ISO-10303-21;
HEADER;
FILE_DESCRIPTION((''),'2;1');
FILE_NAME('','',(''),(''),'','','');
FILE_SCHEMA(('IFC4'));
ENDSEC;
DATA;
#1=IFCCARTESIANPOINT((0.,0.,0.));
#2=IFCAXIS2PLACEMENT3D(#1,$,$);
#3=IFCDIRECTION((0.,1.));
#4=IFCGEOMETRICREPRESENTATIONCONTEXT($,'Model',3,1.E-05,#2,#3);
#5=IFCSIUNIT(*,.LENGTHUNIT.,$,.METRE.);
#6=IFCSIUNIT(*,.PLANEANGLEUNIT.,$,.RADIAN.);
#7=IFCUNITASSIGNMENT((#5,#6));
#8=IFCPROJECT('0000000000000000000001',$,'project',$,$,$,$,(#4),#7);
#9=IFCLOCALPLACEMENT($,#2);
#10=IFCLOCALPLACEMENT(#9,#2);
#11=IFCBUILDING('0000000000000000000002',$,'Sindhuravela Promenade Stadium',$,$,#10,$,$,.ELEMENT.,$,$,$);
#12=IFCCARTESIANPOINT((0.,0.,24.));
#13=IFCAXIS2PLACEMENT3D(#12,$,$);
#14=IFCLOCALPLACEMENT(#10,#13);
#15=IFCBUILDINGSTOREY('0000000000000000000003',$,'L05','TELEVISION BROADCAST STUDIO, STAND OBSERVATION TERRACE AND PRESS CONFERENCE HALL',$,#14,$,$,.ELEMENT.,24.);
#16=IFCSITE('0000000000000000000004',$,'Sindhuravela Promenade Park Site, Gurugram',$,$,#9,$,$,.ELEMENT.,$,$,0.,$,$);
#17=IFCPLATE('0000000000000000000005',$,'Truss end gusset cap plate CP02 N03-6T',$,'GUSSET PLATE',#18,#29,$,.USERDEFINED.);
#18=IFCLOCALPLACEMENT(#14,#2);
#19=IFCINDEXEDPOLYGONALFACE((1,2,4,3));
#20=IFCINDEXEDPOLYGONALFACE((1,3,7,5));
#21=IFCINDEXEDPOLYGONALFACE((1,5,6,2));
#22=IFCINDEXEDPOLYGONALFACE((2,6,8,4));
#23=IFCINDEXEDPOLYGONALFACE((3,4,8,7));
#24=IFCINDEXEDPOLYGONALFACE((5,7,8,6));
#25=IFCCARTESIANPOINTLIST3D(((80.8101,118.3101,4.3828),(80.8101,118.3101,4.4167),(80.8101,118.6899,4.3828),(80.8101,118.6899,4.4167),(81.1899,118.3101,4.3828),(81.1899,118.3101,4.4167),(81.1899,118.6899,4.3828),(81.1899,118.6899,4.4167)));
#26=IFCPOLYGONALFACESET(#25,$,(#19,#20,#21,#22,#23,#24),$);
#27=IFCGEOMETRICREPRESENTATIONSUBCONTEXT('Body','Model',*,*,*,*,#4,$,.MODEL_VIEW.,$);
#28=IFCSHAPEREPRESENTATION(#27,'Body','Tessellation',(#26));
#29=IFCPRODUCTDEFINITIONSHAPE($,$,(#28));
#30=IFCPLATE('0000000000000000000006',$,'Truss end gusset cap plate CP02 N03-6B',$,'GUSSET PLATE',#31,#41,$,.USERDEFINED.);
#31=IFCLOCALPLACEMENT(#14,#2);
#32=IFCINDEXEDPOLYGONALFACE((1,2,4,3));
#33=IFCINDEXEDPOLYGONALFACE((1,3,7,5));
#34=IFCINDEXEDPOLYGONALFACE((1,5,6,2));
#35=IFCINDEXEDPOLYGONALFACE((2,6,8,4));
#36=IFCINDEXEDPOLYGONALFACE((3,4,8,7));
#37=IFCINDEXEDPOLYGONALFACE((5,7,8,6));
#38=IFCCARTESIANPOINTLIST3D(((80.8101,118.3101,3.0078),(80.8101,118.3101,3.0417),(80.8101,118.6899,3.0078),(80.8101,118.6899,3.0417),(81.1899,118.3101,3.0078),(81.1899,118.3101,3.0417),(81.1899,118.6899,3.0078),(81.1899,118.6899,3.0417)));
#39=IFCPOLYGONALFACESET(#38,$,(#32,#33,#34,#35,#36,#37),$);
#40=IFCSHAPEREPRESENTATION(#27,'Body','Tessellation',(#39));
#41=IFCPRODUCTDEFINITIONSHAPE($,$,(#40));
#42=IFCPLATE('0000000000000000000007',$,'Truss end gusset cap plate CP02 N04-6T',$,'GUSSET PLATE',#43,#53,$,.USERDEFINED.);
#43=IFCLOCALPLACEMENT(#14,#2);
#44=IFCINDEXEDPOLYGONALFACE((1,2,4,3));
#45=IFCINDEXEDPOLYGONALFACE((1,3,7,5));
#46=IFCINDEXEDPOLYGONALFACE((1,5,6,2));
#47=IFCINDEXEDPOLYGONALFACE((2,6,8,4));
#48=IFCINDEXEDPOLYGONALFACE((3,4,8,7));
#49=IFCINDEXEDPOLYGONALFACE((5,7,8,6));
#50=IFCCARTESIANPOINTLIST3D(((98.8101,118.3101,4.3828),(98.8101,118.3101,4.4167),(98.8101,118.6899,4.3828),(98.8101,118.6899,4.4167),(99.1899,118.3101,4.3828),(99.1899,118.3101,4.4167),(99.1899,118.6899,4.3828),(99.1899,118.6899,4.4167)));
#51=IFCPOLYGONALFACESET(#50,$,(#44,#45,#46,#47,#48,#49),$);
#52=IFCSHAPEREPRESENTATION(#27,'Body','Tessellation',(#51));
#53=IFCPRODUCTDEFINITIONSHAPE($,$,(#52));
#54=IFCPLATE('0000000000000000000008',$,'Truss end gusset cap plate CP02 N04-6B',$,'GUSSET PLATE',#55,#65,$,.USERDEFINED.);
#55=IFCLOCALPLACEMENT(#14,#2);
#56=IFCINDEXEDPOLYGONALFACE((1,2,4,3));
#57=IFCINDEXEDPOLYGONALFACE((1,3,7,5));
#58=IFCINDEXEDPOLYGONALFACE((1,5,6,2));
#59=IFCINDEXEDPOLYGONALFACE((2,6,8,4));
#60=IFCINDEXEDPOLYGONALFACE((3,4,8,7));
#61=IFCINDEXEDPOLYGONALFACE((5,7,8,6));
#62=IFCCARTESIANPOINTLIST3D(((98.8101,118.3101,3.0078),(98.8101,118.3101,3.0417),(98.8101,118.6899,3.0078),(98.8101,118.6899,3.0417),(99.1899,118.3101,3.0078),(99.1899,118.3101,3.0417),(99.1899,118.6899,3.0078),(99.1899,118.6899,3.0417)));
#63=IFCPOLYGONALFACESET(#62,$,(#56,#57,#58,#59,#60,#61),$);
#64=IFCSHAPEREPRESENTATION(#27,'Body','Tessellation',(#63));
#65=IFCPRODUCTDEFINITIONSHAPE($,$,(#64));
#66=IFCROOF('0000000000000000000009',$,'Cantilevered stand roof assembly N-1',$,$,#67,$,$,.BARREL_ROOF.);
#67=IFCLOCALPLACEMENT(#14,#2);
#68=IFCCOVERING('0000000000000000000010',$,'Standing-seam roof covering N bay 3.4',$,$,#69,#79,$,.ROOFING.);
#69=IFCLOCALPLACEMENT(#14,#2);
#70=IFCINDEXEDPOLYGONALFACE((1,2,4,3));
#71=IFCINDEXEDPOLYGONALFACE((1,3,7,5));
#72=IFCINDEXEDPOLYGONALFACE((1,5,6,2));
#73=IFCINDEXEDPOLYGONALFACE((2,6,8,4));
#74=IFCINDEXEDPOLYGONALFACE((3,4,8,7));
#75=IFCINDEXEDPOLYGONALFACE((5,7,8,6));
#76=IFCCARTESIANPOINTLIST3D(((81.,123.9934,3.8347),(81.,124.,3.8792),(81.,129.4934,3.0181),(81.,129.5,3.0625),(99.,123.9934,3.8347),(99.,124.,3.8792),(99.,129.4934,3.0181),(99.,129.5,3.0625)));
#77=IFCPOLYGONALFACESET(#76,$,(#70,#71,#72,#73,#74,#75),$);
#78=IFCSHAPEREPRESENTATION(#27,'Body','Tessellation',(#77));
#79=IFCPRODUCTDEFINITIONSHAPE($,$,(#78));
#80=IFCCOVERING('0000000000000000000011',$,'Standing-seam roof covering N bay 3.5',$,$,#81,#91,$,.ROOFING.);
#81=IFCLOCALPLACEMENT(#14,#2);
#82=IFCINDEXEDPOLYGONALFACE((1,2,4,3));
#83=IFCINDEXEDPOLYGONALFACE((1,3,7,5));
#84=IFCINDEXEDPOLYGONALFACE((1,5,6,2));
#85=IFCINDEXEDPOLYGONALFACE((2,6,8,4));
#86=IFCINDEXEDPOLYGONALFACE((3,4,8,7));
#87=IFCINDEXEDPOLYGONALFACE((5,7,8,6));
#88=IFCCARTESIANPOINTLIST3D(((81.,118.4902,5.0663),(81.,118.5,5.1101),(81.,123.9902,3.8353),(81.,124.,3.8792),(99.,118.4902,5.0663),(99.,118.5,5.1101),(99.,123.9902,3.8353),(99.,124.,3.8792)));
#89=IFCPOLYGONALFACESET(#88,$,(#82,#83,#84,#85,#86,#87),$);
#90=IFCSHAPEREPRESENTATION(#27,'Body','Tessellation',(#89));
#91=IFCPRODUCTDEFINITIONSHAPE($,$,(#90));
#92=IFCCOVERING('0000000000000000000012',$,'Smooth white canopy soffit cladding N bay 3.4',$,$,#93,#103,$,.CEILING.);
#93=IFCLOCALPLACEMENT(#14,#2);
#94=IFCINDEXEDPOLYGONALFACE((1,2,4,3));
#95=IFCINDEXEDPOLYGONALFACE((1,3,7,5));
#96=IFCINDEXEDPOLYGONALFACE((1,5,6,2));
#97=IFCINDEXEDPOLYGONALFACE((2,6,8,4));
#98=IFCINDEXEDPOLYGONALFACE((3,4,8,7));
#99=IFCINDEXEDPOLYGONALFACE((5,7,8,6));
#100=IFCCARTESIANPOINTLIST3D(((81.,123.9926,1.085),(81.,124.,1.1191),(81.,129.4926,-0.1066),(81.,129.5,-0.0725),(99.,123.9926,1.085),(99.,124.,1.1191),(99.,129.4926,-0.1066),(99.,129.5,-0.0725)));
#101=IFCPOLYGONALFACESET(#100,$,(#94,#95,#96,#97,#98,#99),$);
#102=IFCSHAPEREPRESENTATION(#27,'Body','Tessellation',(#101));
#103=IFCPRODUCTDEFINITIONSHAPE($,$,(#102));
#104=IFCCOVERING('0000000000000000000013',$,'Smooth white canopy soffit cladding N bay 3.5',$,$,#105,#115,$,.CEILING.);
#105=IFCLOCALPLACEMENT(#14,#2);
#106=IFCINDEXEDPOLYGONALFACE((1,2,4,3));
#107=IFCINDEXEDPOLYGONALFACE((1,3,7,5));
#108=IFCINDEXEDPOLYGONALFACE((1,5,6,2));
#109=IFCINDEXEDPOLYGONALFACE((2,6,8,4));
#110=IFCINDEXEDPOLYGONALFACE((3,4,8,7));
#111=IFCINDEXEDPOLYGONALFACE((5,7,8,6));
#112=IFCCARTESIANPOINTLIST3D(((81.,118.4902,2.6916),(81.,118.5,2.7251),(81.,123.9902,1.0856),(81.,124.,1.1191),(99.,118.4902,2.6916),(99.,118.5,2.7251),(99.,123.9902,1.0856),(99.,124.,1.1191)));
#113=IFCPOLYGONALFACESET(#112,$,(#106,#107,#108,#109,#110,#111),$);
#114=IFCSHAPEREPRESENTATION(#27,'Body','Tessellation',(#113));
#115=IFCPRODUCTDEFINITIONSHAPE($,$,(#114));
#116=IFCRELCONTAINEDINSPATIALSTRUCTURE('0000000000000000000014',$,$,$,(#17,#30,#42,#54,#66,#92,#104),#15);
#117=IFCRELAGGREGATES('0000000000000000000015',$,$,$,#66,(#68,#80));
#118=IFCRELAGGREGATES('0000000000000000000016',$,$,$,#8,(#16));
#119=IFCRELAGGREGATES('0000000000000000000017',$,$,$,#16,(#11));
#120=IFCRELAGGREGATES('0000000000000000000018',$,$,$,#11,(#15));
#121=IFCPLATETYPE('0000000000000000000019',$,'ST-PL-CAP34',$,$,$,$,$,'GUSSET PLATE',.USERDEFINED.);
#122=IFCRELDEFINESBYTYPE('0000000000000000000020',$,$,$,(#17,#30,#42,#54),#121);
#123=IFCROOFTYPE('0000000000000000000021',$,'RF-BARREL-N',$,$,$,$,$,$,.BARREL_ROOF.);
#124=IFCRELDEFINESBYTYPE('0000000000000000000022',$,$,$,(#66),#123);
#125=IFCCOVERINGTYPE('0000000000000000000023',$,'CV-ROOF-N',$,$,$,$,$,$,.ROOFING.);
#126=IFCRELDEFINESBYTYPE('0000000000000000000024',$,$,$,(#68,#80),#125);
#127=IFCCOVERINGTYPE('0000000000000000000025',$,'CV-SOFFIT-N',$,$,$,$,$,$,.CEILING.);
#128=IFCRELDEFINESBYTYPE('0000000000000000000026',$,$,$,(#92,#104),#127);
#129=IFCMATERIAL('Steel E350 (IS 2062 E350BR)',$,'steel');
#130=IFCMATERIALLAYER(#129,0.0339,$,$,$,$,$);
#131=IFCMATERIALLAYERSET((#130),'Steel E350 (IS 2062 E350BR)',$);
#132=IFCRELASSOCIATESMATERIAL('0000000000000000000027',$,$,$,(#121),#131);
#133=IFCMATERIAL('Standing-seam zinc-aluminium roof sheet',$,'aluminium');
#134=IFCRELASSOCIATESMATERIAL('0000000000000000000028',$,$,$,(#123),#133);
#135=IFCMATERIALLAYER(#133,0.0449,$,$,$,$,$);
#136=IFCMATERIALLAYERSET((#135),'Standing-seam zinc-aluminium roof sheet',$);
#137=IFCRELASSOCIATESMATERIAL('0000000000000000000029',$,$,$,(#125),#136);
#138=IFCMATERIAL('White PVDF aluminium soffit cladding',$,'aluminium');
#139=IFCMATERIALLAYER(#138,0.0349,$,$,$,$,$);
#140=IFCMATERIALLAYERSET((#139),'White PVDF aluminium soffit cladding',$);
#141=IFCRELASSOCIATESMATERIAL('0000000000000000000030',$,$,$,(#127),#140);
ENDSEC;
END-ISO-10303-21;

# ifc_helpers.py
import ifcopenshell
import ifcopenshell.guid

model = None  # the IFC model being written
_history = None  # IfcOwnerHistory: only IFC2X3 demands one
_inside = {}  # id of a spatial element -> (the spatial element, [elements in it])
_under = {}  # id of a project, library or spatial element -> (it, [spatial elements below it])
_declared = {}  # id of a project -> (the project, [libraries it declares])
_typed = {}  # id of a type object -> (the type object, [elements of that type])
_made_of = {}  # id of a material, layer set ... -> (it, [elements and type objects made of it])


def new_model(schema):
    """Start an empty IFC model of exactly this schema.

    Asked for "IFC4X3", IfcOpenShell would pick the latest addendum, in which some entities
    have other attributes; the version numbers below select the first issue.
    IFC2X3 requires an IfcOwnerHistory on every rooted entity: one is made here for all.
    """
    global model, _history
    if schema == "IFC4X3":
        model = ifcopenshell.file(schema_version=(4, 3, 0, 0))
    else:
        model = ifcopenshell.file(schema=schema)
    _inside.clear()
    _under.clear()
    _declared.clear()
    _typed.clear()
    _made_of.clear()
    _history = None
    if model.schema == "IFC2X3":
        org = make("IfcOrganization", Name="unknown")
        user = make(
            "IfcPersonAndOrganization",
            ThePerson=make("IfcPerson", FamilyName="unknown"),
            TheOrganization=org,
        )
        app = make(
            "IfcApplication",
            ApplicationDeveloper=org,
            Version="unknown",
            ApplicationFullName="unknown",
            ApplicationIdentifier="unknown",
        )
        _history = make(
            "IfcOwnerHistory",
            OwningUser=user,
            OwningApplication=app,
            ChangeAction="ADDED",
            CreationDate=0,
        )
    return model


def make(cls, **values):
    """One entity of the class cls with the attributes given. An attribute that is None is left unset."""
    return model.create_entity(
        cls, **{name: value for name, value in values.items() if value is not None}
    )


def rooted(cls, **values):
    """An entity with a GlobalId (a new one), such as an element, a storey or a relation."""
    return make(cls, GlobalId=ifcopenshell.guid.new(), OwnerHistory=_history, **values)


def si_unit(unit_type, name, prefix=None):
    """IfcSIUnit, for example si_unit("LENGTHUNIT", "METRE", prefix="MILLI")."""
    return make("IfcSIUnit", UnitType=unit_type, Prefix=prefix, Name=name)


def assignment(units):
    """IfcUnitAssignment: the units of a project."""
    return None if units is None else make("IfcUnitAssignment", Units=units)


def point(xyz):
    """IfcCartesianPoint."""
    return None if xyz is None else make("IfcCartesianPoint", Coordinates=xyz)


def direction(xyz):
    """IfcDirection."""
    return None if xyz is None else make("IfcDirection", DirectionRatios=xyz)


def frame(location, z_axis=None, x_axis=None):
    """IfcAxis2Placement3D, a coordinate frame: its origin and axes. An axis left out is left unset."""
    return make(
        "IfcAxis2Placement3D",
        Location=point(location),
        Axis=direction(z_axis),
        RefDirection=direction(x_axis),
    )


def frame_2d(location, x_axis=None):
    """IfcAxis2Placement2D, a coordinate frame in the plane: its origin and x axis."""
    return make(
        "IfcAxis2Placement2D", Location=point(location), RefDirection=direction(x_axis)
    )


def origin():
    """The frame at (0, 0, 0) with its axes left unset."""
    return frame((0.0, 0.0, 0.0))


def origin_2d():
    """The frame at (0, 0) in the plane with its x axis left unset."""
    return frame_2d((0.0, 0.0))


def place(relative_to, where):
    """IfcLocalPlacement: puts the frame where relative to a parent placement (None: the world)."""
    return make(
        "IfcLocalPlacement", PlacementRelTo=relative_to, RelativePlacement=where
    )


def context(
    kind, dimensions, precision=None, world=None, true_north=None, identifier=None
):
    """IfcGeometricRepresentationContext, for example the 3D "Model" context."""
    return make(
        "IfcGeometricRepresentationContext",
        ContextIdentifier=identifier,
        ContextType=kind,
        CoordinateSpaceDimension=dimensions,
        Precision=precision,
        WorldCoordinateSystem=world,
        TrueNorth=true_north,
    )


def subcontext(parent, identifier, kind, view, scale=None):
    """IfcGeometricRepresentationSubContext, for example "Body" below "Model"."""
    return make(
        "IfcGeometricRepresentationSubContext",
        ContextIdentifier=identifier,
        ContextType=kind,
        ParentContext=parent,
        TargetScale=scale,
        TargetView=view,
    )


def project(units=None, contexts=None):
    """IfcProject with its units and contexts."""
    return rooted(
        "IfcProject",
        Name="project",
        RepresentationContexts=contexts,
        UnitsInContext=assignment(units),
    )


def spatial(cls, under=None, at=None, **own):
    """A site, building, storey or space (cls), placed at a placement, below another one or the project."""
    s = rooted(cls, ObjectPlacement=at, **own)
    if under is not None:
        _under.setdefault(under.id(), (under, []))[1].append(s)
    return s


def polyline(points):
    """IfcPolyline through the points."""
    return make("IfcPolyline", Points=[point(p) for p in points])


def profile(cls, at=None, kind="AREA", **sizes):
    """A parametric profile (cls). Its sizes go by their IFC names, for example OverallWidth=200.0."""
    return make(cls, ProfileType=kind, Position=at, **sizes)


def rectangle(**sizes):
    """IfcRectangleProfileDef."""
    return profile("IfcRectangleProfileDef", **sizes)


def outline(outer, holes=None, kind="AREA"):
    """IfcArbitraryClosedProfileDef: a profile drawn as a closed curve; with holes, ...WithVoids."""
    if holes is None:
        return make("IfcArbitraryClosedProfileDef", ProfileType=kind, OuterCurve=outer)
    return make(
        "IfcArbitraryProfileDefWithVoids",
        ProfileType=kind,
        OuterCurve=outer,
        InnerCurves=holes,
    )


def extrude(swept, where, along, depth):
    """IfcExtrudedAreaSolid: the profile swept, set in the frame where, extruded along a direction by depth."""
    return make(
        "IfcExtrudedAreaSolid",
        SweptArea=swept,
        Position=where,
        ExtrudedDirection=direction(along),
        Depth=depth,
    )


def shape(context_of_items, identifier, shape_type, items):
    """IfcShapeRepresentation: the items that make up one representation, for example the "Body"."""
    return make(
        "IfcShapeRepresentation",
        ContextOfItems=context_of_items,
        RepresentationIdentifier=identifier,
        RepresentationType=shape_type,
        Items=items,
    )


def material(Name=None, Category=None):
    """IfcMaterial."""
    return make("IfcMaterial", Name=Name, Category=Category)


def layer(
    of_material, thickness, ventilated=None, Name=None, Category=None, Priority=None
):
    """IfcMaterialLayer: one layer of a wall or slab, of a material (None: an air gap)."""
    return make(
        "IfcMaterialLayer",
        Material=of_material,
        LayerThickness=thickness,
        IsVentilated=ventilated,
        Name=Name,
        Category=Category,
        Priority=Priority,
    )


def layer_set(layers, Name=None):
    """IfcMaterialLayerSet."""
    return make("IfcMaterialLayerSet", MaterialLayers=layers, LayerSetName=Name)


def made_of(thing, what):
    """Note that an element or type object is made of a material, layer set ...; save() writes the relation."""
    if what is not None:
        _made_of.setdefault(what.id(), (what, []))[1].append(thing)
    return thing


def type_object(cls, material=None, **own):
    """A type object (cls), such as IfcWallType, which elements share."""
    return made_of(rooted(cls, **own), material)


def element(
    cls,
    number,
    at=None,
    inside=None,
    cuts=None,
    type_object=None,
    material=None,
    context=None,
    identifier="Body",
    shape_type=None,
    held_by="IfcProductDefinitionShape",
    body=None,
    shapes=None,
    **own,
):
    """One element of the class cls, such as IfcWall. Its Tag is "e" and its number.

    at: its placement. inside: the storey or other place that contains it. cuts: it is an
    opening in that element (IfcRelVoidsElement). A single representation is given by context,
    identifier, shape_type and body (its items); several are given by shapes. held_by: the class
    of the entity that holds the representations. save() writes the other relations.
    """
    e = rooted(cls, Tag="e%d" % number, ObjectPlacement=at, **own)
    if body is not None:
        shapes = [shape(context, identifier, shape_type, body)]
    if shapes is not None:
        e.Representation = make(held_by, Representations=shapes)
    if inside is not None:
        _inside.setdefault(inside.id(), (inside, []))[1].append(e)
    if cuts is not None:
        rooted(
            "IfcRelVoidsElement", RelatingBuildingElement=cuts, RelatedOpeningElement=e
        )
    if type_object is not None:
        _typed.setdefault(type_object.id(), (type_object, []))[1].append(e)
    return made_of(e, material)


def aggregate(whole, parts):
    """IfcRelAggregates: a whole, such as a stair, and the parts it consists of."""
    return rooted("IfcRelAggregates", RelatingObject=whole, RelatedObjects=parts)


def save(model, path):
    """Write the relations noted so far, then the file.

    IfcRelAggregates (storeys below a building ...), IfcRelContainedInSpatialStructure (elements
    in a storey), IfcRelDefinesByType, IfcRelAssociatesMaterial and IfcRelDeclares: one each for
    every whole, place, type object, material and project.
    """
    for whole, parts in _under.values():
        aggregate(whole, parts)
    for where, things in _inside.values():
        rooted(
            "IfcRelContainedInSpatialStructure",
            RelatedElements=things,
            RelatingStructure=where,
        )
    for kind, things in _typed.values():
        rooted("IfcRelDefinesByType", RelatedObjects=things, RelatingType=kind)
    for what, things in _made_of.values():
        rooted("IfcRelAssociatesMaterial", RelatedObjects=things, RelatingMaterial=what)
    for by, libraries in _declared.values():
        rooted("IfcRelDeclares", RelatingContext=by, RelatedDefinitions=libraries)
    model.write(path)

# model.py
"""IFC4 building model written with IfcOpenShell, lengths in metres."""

from ifc_helpers import new_model, si_unit, direction, frame, origin, origin_2d, place, context, subcontext, project, spatial, polyline, rectangle, outline, extrude, material, layer, layer_set, type_object, element, aggregate, save


model = new_model("IFC4")

# Units and contexts
model_context = context("Model", 3, precision=1e-05, world=origin(), true_north=direction((0.0, 1.0)))
body_context = subcontext(model_context, "Body", "Model", "MODEL_VIEW")
ifc_project = project(units=[si_unit("LENGTHUNIT", "METRE"), si_unit("PLANEANGLEUNIT", "RADIAN")], contexts=[model_context])

# Site, building, storey
site_placement = place(None, origin())
site = spatial("IfcSite", under=ifc_project, at=site_placement, Name="Sindhuravela Promenade Park Site, Gurugram", CompositionType="ELEMENT", RefElevation=0.0)
building_placement = place(site_placement, origin())
building = spatial("IfcBuilding", under=site, at=building_placement, Name="Sindhuravela Promenade Stadium", CompositionType="ELEMENT")
storey_placement = place(building_placement, frame((0.0, 0.0, 24.0)))
storey = spatial("IfcBuildingStorey", under=building, at=storey_placement, Name="L05", Description="TELEVISION BROADCAST STUDIO, STAND OBSERVATION TERRACE AND PRESS CONFERENCE HALL", CompositionType="ELEMENT", Elevation=24.0)

# Shared definitions
ifc_material_1 = material(Name="Steel E350 (IS 2062 E350BR)", Category="steel")

# Plates
ifc_layer_1 = layer(ifc_material_1, 0.0339)
ifc_layer_set_1 = layer_set([ifc_layer_1], Name="Steel E350 (IS 2062 E350BR)")
plate_type_1 = type_object("IfcPlateType", Name="ST-PL-CAP34", ElementType="GUSSET PLATE", PredefinedType="USERDEFINED", material=ifc_layer_set_1)
for number, where, z_axis, x_axis, name in (
    (1, (81.0, 118.5, 4.3828), (0.0, 0.0, 1.0), (1.0, 0.0, 0.0), "Truss end gusset cap plate CP02 N03-6T"),
    (2, (81.0, 118.5, 3.0078), (0.0, 0.0, 1.0), (1.0, 0.0, 0.0), "Truss end gusset cap plate CP02 N03-6B"),
    (3, (99.0, 118.5, 4.3828), (0.0, 0.0, 1.0), (1.0, 0.0, 0.0), "Truss end gusset cap plate CP02 N04-6T"),
    (4, (99.0, 118.5, 3.0078), (0.0, 0.0, 1.0), (1.0, 0.0, 0.0), "Truss end gusset cap plate CP02 N04-6B"),
):
    element("IfcPlate", number, at=place(storey_placement, frame(where, z_axis=z_axis, x_axis=x_axis)), inside=storey, type_object=plate_type_1, Name=name, ObjectType="GUSSET PLATE", PredefinedType="USERDEFINED", context=body_context, shape_type="SweptSolid", body=[
        extrude(rectangle(XDim=0.3799, YDim=0.3799, at=origin_2d()), origin(), (0.0, 0.0, 1.0), 0.0339),
    ])

# Roof, coverings
ifc_material_2 = material(Name="Standing-seam zinc-aluminium roof sheet", Category="aluminium")
roof_type = type_object("IfcRoofType", Name="RF-BARREL-N", PredefinedType="BARREL_ROOF", material=ifc_material_2)
roof_placement = place(storey_placement, origin())
roof = element("IfcRoof", 5, at=roof_placement, inside=storey, type_object=roof_type, Name="Cantilevered stand roof assembly N-1", PredefinedType="BARREL_ROOF")
ifc_layer_2 = layer(ifc_material_2, 0.0449)
ifc_layer_set_2 = layer_set([ifc_layer_2], Name="Standing-seam zinc-aluminium roof sheet")
covering_type_1 = type_object("IfcCoveringType", Name="CV-ROOF-N", PredefinedType="ROOFING", material=ifc_layer_set_2)
covering_1_placement = place(storey_placement, frame((81.0, 129.5, 3.0625), z_axis=(0.0, 0.146872, 0.989156), x_axis=(1.0, 0.0, 0.0)))
covering_1 = element("IfcCovering", 6, at=covering_1_placement, type_object=covering_type_1, Name="Standing-seam roof covering N bay 3.4", PredefinedType="ROOFING", context=body_context, shape_type="SweptSolid", body=[
    extrude(outline(polyline([(0.0, 0.0), (0.0, -5.5603), (18.0, -5.5603), (18.0, 0.0), (0.0, 0.0)])), origin(), (0.0, 0.0, -1.0), 0.0449),
])
covering_2_placement = place(storey_placement, frame((81.0, 124.0, 3.8792), z_axis=(0.0, 0.218407, 0.975858), x_axis=(1.0, 0.0, 0.0)))
covering_2 = element("IfcCovering", 7, at=covering_2_placement, type_object=covering_type_1, Name="Standing-seam roof covering N bay 3.5", PredefinedType="ROOFING", context=body_context, shape_type="SweptSolid", body=[
    extrude(outline(polyline([(0.0, 0.0), (0.0, -5.6361), (18.0, -5.6361), (18.0, 0.0), (0.0, 0.0)])), origin(), (0.0, 0.0, -1.0), 0.0449),
])
aggregate(roof, [covering_1, covering_2])

# Coverings
ifc_material_3 = material(Name="White PVDF aluminium soffit cladding", Category="aluminium")
ifc_layer_3 = layer(ifc_material_3, 0.0349)
ifc_layer_set_3 = layer_set([ifc_layer_3], Name="White PVDF aluminium soffit cladding")
covering_type_2 = type_object("IfcCoveringType", Name="CV-SOFFIT-N", PredefinedType="CEILING", material=ifc_layer_set_3)
covering_3_placement = place(storey_placement, frame((81.0, 129.5, -0.0725), z_axis=(0.0, 0.211751, 0.977324), x_axis=(1.0, 0.0, 0.0)))
element("IfcCovering", 8, at=covering_3_placement, inside=storey, type_object=covering_type_2, Name="Smooth white canopy soffit cladding N bay 3.4", PredefinedType="CEILING", context=body_context, shape_type="SweptSolid", body=[
    extrude(outline(polyline([(0.0, 0.0), (0.0, -5.6276), (18.0, -5.6276), (18.0, 0.0), (0.0, 0.0)])), origin(), (0.0, 0.0, -1.0), 0.0349),
])
covering_4_placement = place(storey_placement, frame((81.0, 124.0, 1.1191), z_axis=(0.0, 0.280288, 0.959916), x_axis=(1.0, 0.0, 0.0)))
element("IfcCovering", 9, at=covering_4_placement, inside=storey, type_object=covering_type_2, Name="Smooth white canopy soffit cladding N bay 3.5", PredefinedType="CEILING", context=body_context, shape_type="SweptSolid", body=[
    extrude(outline(polyline([(0.0, 0.0), (0.0, -5.7297), (18.0, -5.7297), (18.0, 0.0), (0.0, 0.0)])), origin(), (0.0, 0.0, -1.0), 0.0349),
])

save(model, "model.ifc")
